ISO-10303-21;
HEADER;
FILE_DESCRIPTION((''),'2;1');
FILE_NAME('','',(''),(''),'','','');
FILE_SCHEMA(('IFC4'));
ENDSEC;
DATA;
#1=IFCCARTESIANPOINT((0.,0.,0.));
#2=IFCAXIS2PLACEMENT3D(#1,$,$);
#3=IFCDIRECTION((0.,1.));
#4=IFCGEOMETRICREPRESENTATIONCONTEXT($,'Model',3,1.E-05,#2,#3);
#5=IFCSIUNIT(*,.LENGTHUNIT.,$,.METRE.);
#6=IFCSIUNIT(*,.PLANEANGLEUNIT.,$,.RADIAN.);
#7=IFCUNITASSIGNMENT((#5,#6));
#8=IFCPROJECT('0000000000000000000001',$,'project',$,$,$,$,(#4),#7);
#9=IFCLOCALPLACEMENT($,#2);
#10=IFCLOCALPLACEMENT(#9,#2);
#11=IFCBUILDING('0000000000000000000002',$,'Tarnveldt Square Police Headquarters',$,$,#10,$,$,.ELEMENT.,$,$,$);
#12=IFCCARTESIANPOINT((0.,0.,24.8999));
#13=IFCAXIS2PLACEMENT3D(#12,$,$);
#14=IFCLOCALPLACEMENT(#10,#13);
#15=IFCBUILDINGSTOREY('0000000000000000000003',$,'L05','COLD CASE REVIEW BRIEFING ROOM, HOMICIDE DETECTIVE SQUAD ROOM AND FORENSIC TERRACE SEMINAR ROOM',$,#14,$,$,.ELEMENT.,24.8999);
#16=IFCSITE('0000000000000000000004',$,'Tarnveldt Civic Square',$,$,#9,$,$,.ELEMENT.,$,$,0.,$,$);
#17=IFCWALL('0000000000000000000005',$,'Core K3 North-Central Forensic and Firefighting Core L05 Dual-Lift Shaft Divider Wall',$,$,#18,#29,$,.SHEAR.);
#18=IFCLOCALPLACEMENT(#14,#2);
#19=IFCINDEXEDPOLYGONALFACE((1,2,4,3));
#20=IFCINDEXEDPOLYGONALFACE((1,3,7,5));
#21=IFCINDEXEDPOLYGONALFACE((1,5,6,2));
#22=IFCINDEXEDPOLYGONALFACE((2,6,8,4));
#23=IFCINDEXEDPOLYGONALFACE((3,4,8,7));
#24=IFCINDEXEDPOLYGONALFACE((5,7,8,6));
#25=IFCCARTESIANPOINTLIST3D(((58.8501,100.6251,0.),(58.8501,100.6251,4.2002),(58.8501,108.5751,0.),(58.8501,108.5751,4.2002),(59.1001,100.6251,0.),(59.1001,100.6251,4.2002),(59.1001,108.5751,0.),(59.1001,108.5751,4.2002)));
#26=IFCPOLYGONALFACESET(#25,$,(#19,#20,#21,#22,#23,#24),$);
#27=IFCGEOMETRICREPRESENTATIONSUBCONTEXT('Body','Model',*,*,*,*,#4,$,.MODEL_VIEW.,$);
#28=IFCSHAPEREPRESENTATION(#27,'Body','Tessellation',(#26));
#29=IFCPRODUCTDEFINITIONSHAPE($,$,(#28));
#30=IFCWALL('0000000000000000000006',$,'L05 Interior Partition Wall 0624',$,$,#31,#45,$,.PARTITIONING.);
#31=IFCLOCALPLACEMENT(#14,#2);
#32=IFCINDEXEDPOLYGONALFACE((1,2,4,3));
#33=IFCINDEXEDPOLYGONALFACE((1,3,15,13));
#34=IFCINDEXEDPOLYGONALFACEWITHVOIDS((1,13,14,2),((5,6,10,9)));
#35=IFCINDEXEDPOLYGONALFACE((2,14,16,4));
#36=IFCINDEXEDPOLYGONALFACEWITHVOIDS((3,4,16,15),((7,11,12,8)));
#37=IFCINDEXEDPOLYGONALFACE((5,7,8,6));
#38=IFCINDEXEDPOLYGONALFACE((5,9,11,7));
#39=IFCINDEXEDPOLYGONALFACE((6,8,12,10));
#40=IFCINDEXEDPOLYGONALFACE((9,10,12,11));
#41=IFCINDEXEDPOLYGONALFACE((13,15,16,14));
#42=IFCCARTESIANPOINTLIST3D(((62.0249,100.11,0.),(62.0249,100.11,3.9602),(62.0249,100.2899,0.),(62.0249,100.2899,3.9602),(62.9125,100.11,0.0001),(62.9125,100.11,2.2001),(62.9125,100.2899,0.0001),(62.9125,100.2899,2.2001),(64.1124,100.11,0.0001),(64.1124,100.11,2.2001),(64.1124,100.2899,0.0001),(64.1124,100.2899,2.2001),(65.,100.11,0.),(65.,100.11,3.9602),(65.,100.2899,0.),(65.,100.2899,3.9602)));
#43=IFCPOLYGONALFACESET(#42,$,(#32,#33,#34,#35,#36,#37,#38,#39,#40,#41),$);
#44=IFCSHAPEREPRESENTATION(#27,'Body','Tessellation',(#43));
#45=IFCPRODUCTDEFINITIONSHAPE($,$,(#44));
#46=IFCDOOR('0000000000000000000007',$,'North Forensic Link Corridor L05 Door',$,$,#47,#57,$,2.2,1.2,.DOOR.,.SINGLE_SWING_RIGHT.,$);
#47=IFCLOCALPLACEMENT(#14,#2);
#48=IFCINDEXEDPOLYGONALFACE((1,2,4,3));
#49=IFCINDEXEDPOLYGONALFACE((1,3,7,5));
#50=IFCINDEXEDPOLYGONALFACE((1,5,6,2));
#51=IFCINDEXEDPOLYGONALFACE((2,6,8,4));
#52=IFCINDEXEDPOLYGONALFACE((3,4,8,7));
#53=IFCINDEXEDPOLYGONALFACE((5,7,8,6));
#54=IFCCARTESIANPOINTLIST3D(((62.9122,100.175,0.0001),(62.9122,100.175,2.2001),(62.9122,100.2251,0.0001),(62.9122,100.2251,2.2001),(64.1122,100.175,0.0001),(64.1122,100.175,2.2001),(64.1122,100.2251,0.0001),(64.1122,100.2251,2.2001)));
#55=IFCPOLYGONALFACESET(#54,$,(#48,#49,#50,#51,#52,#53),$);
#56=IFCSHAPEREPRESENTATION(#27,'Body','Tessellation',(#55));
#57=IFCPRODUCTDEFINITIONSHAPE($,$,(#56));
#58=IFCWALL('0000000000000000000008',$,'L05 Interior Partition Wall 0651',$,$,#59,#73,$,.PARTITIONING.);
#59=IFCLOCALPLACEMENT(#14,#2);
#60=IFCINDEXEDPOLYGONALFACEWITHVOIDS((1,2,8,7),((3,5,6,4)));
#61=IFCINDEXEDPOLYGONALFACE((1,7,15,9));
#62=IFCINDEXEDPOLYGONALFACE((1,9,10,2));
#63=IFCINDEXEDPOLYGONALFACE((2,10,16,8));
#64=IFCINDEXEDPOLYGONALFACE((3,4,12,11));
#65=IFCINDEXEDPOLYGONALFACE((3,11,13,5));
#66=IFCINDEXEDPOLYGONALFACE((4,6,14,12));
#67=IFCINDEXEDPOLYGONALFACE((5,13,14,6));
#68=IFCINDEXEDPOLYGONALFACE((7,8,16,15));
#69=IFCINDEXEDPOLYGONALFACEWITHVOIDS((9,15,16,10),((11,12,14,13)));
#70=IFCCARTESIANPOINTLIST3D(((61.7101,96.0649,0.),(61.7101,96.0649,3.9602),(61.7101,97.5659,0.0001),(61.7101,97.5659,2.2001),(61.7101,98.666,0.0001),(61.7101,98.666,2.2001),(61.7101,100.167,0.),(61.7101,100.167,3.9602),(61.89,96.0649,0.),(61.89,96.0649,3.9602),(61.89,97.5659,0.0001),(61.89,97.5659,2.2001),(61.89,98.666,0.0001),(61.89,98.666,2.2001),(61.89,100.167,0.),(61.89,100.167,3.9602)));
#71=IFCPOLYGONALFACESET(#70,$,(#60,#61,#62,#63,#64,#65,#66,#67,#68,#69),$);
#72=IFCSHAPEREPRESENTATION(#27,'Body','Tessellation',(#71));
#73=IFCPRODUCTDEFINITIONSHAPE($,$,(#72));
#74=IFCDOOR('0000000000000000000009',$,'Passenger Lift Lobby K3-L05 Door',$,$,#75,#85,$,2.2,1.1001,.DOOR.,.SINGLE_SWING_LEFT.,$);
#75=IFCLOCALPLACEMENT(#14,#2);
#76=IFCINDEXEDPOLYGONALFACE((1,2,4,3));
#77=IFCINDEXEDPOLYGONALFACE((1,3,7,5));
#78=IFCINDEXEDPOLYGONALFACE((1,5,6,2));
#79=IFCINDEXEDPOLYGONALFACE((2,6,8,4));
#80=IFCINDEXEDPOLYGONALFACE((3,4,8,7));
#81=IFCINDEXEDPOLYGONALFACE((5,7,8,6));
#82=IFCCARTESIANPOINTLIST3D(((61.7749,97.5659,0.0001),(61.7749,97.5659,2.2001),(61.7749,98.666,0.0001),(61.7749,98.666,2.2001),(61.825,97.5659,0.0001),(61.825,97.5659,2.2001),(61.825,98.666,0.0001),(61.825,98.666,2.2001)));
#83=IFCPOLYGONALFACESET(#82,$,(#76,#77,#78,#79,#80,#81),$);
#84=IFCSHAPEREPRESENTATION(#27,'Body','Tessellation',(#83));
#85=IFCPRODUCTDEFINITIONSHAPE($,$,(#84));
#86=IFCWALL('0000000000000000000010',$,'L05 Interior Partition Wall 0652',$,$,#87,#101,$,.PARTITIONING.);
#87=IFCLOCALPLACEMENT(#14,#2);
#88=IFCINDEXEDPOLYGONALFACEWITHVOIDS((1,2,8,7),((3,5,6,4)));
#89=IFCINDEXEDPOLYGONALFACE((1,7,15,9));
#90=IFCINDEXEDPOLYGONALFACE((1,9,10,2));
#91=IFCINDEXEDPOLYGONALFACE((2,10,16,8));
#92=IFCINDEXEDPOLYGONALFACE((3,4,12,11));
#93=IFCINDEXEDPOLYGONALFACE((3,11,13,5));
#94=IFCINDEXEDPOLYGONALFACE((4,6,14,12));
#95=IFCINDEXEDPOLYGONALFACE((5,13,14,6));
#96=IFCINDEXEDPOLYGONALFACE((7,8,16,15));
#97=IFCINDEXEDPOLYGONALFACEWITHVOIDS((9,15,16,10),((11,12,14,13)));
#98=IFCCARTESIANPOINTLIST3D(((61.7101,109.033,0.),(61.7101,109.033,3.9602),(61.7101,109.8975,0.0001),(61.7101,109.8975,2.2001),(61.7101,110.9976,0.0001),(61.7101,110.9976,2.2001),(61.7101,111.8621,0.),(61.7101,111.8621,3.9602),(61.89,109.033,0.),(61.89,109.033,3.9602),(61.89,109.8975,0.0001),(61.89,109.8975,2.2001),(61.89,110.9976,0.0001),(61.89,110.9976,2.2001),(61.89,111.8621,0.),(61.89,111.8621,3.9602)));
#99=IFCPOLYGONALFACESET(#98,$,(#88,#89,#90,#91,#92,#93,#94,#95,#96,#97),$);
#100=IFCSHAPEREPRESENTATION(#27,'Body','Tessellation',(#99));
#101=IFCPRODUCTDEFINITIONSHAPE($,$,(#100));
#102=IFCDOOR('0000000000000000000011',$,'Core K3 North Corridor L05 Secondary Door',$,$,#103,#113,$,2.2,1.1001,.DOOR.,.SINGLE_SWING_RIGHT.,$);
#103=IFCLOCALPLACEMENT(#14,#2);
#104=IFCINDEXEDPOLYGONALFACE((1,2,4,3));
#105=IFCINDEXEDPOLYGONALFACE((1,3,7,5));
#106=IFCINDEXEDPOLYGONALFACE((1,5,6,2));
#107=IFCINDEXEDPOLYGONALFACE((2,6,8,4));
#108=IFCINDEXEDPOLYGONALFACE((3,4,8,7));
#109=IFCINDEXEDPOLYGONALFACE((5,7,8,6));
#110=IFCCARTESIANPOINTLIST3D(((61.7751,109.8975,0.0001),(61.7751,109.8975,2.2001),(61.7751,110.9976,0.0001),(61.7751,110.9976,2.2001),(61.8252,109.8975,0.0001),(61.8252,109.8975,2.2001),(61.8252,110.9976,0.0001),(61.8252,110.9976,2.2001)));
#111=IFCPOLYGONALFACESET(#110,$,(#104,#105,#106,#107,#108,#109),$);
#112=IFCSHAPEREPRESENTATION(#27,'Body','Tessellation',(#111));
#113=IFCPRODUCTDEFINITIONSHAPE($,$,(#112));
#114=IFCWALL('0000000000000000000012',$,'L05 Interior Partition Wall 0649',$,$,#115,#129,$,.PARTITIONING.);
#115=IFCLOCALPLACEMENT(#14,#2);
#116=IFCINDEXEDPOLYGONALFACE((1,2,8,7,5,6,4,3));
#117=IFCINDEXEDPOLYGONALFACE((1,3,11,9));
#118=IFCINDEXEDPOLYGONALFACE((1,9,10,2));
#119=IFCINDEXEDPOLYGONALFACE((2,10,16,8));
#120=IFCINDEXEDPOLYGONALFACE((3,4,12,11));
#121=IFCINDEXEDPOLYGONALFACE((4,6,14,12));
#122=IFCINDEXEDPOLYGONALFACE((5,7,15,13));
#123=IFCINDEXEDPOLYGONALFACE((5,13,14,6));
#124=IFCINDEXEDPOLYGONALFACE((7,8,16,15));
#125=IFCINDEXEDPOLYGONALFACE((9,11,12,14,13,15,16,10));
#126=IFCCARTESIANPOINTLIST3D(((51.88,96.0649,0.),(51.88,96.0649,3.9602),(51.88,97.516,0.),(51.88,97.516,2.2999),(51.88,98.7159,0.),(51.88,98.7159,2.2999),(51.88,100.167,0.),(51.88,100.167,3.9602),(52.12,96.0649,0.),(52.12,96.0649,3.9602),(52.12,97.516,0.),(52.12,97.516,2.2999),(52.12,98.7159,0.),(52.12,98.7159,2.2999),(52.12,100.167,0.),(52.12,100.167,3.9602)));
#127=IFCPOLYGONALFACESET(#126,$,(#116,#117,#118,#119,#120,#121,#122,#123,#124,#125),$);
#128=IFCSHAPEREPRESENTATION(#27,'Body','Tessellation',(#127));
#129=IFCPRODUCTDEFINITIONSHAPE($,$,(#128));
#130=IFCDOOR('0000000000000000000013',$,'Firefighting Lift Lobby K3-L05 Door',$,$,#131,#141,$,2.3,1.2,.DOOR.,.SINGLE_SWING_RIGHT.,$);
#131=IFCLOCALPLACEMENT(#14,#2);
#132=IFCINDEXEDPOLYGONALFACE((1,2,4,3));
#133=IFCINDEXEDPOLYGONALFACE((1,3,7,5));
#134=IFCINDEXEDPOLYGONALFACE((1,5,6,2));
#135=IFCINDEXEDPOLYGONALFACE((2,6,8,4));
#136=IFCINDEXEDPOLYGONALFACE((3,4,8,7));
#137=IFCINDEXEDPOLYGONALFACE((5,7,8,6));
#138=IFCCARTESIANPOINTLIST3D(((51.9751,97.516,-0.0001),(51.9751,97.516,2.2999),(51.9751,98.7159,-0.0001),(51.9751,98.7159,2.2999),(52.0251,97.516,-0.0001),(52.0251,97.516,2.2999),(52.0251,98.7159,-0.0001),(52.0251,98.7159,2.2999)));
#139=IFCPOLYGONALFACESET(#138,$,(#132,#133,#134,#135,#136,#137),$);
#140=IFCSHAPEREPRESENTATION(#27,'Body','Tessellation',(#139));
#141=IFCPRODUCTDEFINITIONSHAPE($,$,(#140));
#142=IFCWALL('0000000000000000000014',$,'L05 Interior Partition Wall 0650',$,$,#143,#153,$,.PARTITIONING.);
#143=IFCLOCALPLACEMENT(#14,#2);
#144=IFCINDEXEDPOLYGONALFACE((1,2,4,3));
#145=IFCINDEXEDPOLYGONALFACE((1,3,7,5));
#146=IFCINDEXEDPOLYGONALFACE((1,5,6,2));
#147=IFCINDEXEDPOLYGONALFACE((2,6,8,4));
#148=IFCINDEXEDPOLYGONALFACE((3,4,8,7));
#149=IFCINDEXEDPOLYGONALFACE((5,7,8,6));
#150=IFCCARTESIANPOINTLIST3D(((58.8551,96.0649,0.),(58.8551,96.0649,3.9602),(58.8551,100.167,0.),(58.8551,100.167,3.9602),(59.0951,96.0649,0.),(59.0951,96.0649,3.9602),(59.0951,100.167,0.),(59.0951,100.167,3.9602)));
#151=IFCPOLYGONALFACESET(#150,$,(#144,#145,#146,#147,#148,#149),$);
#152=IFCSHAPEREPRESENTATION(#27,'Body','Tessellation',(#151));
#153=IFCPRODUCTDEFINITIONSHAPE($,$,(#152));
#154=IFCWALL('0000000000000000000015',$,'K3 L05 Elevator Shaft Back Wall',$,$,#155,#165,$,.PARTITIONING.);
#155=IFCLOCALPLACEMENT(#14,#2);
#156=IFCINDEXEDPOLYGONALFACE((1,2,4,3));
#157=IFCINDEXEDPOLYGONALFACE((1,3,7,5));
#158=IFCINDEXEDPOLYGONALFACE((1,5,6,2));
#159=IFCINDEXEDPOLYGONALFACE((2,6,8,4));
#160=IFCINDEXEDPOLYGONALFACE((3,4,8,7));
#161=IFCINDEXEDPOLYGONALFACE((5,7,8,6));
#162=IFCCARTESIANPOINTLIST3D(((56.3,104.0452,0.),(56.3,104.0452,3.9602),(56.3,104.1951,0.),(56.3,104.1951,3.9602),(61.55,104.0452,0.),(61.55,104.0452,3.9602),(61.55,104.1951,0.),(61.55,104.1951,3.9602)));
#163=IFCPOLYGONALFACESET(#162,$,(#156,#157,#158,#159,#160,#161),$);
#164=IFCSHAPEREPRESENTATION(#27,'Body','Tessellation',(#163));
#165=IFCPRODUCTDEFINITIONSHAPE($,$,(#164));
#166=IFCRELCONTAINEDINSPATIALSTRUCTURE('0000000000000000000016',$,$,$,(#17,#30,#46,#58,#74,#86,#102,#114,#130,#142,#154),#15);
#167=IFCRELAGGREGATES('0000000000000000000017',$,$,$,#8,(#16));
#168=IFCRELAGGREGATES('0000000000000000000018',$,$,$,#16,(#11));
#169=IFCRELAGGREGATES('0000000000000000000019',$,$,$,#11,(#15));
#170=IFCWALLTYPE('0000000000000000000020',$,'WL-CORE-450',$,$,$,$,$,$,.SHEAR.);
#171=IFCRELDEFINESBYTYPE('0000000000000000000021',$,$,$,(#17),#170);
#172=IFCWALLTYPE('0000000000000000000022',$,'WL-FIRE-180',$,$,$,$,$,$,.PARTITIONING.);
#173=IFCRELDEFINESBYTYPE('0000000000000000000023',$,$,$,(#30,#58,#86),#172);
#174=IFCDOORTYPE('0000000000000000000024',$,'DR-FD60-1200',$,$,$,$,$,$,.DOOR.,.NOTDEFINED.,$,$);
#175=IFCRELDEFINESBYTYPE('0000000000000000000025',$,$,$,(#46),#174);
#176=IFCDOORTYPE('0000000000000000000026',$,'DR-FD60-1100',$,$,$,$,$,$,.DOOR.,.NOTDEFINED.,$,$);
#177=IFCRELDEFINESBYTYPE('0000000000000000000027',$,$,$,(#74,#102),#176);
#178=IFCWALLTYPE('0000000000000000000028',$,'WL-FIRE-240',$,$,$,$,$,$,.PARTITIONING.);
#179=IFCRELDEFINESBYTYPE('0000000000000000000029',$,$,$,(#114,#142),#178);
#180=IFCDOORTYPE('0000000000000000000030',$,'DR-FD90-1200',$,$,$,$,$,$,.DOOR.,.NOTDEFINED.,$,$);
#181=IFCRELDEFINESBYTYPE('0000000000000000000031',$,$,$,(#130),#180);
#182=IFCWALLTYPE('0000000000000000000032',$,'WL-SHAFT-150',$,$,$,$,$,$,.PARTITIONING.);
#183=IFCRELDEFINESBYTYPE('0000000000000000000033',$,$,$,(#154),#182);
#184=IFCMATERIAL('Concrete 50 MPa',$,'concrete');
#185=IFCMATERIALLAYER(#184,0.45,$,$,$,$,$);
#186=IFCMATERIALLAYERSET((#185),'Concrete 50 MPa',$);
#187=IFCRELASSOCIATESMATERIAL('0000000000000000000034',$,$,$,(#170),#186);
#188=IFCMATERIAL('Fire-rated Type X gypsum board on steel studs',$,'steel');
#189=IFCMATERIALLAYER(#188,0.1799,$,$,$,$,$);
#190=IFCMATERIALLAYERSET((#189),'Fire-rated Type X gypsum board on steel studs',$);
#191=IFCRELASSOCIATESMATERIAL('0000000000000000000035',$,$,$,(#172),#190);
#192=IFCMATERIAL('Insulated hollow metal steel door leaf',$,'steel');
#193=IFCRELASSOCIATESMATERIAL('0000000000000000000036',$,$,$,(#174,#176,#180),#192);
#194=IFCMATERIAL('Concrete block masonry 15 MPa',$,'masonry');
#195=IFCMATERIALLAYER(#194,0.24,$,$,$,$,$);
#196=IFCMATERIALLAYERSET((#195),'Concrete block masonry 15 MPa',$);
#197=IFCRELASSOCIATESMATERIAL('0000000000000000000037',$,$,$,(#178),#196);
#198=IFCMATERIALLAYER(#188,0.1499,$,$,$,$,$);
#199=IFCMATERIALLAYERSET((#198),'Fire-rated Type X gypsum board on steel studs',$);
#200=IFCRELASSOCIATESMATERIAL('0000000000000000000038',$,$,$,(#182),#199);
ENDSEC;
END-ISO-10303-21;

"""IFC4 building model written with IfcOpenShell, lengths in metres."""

from ifc_helpers import new_model, si_unit, direction, frame, frame_2d, origin, place, context, subcontext, project, spatial, rectangle, extrude, material, layer, layer_set, type_object, element, fill, save


model = new_model("IFC4")

# Units and contexts
model_context = context("Model", 3, precision=1e-05, world=origin(), true_north=direction((0.0, 1.0)))
body_context = subcontext(model_context, "Body", "Model", "MODEL_VIEW")
ifc_project = project(units=[si_unit("LENGTHUNIT", "METRE"), si_unit("PLANEANGLEUNIT", "RADIAN")], contexts=[model_context])

# Site, building, storey
site_placement = place(None, origin())
site = spatial("IfcSite", under=ifc_project, at=site_placement, Name="Tarnveldt Civic Square", CompositionType="ELEMENT", RefElevation=0.0)
building_placement = place(site_placement, origin())
building = spatial("IfcBuilding", under=site, at=building_placement, Name="Tarnveldt Square Police Headquarters", CompositionType="ELEMENT")
storey_placement = place(building_placement, frame((0.0, 0.0, 24.8999)))
storey = spatial("IfcBuildingStorey", under=building, at=storey_placement, Name="L05", Description="COLD CASE REVIEW BRIEFING ROOM, HOMICIDE DETECTIVE SQUAD ROOM AND FORENSIC TERRACE SEMINAR ROOM", CompositionType="ELEMENT", Elevation=24.8999)

# Wall
ifc_material_1 = material(Name="Concrete 50 MPa", Category="concrete")
ifc_layer_1 = layer(ifc_material_1, 0.45)
ifc_layer_set_1 = layer_set([ifc_layer_1], Name="Concrete 50 MPa")
wall_type_1 = type_object("IfcWallType", Name="WL-CORE-450", PredefinedType="SHEAR", material=ifc_layer_set_1)
wall_1_placement = place(storey_placement, frame((58.9751, 100.625, 0.0), z_axis=(0.0, 0.0, 1.0), x_axis=(0.0, 1.0, 0.0)))
element("IfcWall", 1, at=wall_1_placement, inside=storey, type_object=wall_type_1, Name="Core K3 North-Central Forensic and Firefighting Core L05 Dual-Lift Shaft Divider Wall", PredefinedType="SHEAR", context=body_context, shape_type="SweptSolid", body=[
    extrude(rectangle(XDim=7.95, YDim=0.25, at=frame_2d((3.9751, 0.0))), origin(), (0.0, 0.0, 1.0), 4.2002),
])

# Walls, openings, doors
ifc_material_2 = material(Name="Fire-rated Type X gypsum board on steel studs", Category="steel")
ifc_layer_2 = layer(ifc_material_2, 0.1799)
ifc_layer_set_2 = layer_set([ifc_layer_2], Name="Fire-rated Type X gypsum board on steel studs")
wall_type_2 = type_object("IfcWallType", Name="WL-FIRE-180", PredefinedType="PARTITIONING", material=ifc_layer_set_2)
wall_2_placement = place(storey_placement, frame((62.0249, 100.2, 0.0), z_axis=(0.0, 0.0, 1.0), x_axis=(1.0, 0.0, 0.0)))
wall_2 = element("IfcWall", 2, at=wall_2_placement, inside=storey, type_object=wall_type_2, Name="L05 Interior Partition Wall 0624", PredefinedType="PARTITIONING", context=body_context, shape_type="SweptSolid", body=[
    extrude(rectangle(XDim=2.9751, YDim=0.1799, at=frame_2d((1.4875, 0.0))), origin(), (0.0, 0.0, 1.0), 3.9602),
])
opening_1_placement = place(wall_2_placement, frame((0.8875, 0.0, 0.0)))
opening_1 = element("IfcOpeningElement", 3, at=opening_1_placement, cuts=wall_2, PredefinedType="OPENING", context=body_context, shape_type="SweptSolid", body=[
    extrude(rectangle(XDim=1.2, YDim=2.2, at=frame_2d((0.6001, 1.1001))), frame((0.0, 0.0999, 0.0), z_axis=(0.0, -1.0, 0.0), x_axis=(1.0, 0.0, 0.0)), (0.0, 0.0, 1.0), 0.2),
])
ifc_material_3 = material(Name="Insulated hollow metal steel door leaf", Category="steel")
door_type_1 = type_object("IfcDoorType", Name="DR-FD60-1200", OperationType="NOTDEFINED", PredefinedType="DOOR", material=ifc_material_3)
door_1_placement = place(opening_1_placement, frame((1.2, 0.0, 0.0), z_axis=(0.0, 0.0, 1.0), x_axis=(-1.0, 0.0, 0.0)))
door_1 = element("IfcDoor", 4, at=door_1_placement, inside=storey, type_object=door_type_1, Name="North Forensic Link Corridor L05 Door", OperationType="SINGLE_SWING_RIGHT", OverallHeight=2.2, OverallWidth=1.2, PredefinedType="DOOR", context=body_context, shape_type="SweptSolid", body=[
    extrude(rectangle(XDim=1.2, YDim=2.2, at=frame_2d((0.6001, 1.1001))), frame((0.0, 0.0249, 0.0), z_axis=(0.0, -1.0, 0.0), x_axis=(1.0, 0.0, 0.0)), (0.0, 0.0, 1.0), 0.05),
])
fill(opening_1, door_1)
wall_3_placement = place(storey_placement, frame((61.8, 96.0649, 0.0), z_axis=(0.0, 0.0, 1.0), x_axis=(0.0, 1.0, 0.0)))
wall_3 = element("IfcWall", 5, at=wall_3_placement, inside=storey, type_object=wall_type_2, Name="L05 Interior Partition Wall 0651", PredefinedType="PARTITIONING", context=body_context, shape_type="SweptSolid", body=[
    extrude(rectangle(XDim=4.1021, YDim=0.1799, at=frame_2d((2.051, 0.0))), origin(), (0.0, 0.0, 1.0), 3.9602),
])
opening_2_placement = place(wall_3_placement, frame((1.501, 0.0, 0.0)))
opening_2 = element("IfcOpeningElement", 6, at=opening_2_placement, cuts=wall_3, PredefinedType="OPENING", context=body_context, shape_type="SweptSolid", body=[
    extrude(rectangle(XDim=1.1001, YDim=2.2, at=frame_2d((0.55, 1.1001))), frame((0.0, 0.0999, 0.0), z_axis=(0.0, -1.0, 0.0), x_axis=(1.0, 0.0, 0.0)), (0.0, 0.0, 1.0), 0.2),
])
door_type_2 = type_object("IfcDoorType", Name="DR-FD60-1100", OperationType="NOTDEFINED", PredefinedType="DOOR", material=ifc_material_3)
door_2_placement = place(opening_2_placement, frame((1.1001, 0.0, 0.0), z_axis=(0.0, 0.0, 1.0), x_axis=(-1.0, 0.0, 0.0)))
door_2 = element("IfcDoor", 7, at=door_2_placement, inside=storey, type_object=door_type_2, Name="Passenger Lift Lobby K3-L05 Door", OperationType="SINGLE_SWING_LEFT", OverallHeight=2.2, OverallWidth=1.1001, PredefinedType="DOOR", context=body_context, shape_type="SweptSolid", body=[
    extrude(rectangle(XDim=1.1001, YDim=2.2, at=frame_2d((0.55, 1.1001))), frame((0.0, 0.0249, 0.0), z_axis=(0.0, -1.0, 0.0), x_axis=(1.0, 0.0, 0.0)), (0.0, 0.0, 1.0), 0.05),
])
fill(opening_2, door_2)
wall_4_placement = place(storey_placement, frame((61.8, 109.033, 0.0), z_axis=(0.0, 0.0, 1.0), x_axis=(0.0, 1.0, 0.0)))
wall_4 = element("IfcWall", 8, at=wall_4_placement, inside=storey, type_object=wall_type_2, Name="L05 Interior Partition Wall 0652", PredefinedType="PARTITIONING", context=body_context, shape_type="SweptSolid", body=[
    extrude(rectangle(XDim=2.8291, YDim=0.1799, at=frame_2d((1.4146, 0.0))), origin(), (0.0, 0.0, 1.0), 3.9602),
])
opening_3_placement = place(wall_4_placement, frame((0.8645, 0.0, 0.0)))
opening_3 = element("IfcOpeningElement", 9, at=opening_3_placement, cuts=wall_4, PredefinedType="OPENING", context=body_context, shape_type="SweptSolid", body=[
    extrude(rectangle(XDim=1.1001, YDim=2.2, at=frame_2d((0.55, 1.1001))), frame((0.0, 0.0999, 0.0), z_axis=(0.0, -1.0, 0.0), x_axis=(1.0, 0.0, 0.0)), (0.0, 0.0, 1.0), 0.2),
])
door_3_placement = place(opening_3_placement, origin())
door_3 = element("IfcDoor", 10, at=door_3_placement, inside=storey, type_object=door_type_2, Name="Core K3 North Corridor L05 Secondary Door", OperationType="SINGLE_SWING_RIGHT", OverallHeight=2.2, OverallWidth=1.1001, PredefinedType="DOOR", context=body_context, shape_type="SweptSolid", body=[
    extrude(rectangle(XDim=1.1001, YDim=2.2, at=frame_2d((0.55, 1.1001))), frame((0.0, 0.0249, 0.0), z_axis=(0.0, -1.0, 0.0), x_axis=(1.0, 0.0, 0.0)), (0.0, 0.0, 1.0), 0.05),
])
fill(opening_3, door_3)
ifc_material_4 = material(Name="Concrete block masonry 15 MPa", Category="masonry")
ifc_layer_3 = layer(ifc_material_4, 0.24)
ifc_layer_set_3 = layer_set([ifc_layer_3], Name="Concrete block masonry 15 MPa")
wall_type_3 = type_object("IfcWallType", Name="WL-FIRE-240", PredefinedType="PARTITIONING", material=ifc_layer_set_3)
wall_5_placement = place(storey_placement, frame((52.0, 96.0649, 0.0), z_axis=(0.0, 0.0, 1.0), x_axis=(0.0, 1.0, 0.0)))
wall_5 = element("IfcWall", 11, at=wall_5_placement, inside=storey, type_object=wall_type_3, Name="L05 Interior Partition Wall 0649", PredefinedType="PARTITIONING", context=body_context, shape_type="SweptSolid", body=[
    extrude(rectangle(XDim=4.1021, YDim=0.24, at=frame_2d((2.051, 0.0))), origin(), (0.0, 0.0, 1.0), 3.9602),
])
opening_4_placement = place(wall_5_placement, frame((1.4509, 0.0, 0.0)))
opening_4 = element("IfcOpeningElement", 12, at=opening_4_placement, cuts=wall_5, PredefinedType="OPENING", context=body_context, shape_type="SweptSolid", body=[
    extrude(rectangle(XDim=1.2, YDim=2.3, at=frame_2d((0.6001, 1.1499))), frame((0.0, 0.1299, 0.0), z_axis=(0.0, -1.0, 0.0), x_axis=(1.0, 0.0, 0.0)), (0.0, 0.0, 1.0), 0.26),
])
door_type_3 = type_object("IfcDoorType", Name="DR-FD90-1200", OperationType="NOTDEFINED", PredefinedType="DOOR", material=ifc_material_3)
door_4_placement = place(opening_4_placement, origin())
door_4 = element("IfcDoor", 13, at=door_4_placement, inside=storey, type_object=door_type_3, Name="Firefighting Lift Lobby K3-L05 Door", OperationType="SINGLE_SWING_RIGHT", OverallHeight=2.3, OverallWidth=1.2, PredefinedType="DOOR", context=body_context, shape_type="SweptSolid", body=[
    extrude(rectangle(XDim=1.2, YDim=2.3, at=frame_2d((0.6001, 1.1499))), frame((0.0, 0.0249, 0.0), z_axis=(0.0, -1.0, 0.0), x_axis=(1.0, 0.0, 0.0)), (0.0, 0.0, 1.0), 0.05),
])
fill(opening_4, door_4)

# Walls
wall_6_placement = place(storey_placement, frame((58.9751, 96.0649, 0.0), z_axis=(0.0, 0.0, 1.0), x_axis=(0.0, 1.0, 0.0)))
element("IfcWall", 14, at=wall_6_placement, inside=storey, type_object=wall_type_3, Name="L05 Interior Partition Wall 0650", PredefinedType="PARTITIONING", context=body_context, shape_type="SweptSolid", body=[
    extrude(rectangle(XDim=4.1021, YDim=0.24, at=frame_2d((2.051, 0.0))), origin(), (0.0, 0.0, 1.0), 3.9602),
])
ifc_layer_4 = layer(ifc_material_2, 0.1499)
ifc_layer_set_4 = layer_set([ifc_layer_4], Name="Fire-rated Type X gypsum board on steel studs")
wall_type_4 = type_object("IfcWallType", Name="WL-SHAFT-150", PredefinedType="PARTITIONING", material=ifc_layer_set_4)
wall_7_placement = place(storey_placement, frame((56.3, 104.1201, 0.0), z_axis=(0.0, 0.0, 1.0), x_axis=(1.0, 0.0, 0.0)))
element("IfcWall", 15, at=wall_7_placement, inside=storey, type_object=wall_type_4, Name="K3 L05 Elevator Shaft Back Wall", PredefinedType="PARTITIONING", context=body_context, shape_type="SweptSolid", body=[
    extrude(rectangle(XDim=5.25, YDim=0.1499, at=frame_2d((2.625, 0.0))), origin(), (0.0, 0.0, 1.0), 3.9602),
])

save(model, "model.ifc")
